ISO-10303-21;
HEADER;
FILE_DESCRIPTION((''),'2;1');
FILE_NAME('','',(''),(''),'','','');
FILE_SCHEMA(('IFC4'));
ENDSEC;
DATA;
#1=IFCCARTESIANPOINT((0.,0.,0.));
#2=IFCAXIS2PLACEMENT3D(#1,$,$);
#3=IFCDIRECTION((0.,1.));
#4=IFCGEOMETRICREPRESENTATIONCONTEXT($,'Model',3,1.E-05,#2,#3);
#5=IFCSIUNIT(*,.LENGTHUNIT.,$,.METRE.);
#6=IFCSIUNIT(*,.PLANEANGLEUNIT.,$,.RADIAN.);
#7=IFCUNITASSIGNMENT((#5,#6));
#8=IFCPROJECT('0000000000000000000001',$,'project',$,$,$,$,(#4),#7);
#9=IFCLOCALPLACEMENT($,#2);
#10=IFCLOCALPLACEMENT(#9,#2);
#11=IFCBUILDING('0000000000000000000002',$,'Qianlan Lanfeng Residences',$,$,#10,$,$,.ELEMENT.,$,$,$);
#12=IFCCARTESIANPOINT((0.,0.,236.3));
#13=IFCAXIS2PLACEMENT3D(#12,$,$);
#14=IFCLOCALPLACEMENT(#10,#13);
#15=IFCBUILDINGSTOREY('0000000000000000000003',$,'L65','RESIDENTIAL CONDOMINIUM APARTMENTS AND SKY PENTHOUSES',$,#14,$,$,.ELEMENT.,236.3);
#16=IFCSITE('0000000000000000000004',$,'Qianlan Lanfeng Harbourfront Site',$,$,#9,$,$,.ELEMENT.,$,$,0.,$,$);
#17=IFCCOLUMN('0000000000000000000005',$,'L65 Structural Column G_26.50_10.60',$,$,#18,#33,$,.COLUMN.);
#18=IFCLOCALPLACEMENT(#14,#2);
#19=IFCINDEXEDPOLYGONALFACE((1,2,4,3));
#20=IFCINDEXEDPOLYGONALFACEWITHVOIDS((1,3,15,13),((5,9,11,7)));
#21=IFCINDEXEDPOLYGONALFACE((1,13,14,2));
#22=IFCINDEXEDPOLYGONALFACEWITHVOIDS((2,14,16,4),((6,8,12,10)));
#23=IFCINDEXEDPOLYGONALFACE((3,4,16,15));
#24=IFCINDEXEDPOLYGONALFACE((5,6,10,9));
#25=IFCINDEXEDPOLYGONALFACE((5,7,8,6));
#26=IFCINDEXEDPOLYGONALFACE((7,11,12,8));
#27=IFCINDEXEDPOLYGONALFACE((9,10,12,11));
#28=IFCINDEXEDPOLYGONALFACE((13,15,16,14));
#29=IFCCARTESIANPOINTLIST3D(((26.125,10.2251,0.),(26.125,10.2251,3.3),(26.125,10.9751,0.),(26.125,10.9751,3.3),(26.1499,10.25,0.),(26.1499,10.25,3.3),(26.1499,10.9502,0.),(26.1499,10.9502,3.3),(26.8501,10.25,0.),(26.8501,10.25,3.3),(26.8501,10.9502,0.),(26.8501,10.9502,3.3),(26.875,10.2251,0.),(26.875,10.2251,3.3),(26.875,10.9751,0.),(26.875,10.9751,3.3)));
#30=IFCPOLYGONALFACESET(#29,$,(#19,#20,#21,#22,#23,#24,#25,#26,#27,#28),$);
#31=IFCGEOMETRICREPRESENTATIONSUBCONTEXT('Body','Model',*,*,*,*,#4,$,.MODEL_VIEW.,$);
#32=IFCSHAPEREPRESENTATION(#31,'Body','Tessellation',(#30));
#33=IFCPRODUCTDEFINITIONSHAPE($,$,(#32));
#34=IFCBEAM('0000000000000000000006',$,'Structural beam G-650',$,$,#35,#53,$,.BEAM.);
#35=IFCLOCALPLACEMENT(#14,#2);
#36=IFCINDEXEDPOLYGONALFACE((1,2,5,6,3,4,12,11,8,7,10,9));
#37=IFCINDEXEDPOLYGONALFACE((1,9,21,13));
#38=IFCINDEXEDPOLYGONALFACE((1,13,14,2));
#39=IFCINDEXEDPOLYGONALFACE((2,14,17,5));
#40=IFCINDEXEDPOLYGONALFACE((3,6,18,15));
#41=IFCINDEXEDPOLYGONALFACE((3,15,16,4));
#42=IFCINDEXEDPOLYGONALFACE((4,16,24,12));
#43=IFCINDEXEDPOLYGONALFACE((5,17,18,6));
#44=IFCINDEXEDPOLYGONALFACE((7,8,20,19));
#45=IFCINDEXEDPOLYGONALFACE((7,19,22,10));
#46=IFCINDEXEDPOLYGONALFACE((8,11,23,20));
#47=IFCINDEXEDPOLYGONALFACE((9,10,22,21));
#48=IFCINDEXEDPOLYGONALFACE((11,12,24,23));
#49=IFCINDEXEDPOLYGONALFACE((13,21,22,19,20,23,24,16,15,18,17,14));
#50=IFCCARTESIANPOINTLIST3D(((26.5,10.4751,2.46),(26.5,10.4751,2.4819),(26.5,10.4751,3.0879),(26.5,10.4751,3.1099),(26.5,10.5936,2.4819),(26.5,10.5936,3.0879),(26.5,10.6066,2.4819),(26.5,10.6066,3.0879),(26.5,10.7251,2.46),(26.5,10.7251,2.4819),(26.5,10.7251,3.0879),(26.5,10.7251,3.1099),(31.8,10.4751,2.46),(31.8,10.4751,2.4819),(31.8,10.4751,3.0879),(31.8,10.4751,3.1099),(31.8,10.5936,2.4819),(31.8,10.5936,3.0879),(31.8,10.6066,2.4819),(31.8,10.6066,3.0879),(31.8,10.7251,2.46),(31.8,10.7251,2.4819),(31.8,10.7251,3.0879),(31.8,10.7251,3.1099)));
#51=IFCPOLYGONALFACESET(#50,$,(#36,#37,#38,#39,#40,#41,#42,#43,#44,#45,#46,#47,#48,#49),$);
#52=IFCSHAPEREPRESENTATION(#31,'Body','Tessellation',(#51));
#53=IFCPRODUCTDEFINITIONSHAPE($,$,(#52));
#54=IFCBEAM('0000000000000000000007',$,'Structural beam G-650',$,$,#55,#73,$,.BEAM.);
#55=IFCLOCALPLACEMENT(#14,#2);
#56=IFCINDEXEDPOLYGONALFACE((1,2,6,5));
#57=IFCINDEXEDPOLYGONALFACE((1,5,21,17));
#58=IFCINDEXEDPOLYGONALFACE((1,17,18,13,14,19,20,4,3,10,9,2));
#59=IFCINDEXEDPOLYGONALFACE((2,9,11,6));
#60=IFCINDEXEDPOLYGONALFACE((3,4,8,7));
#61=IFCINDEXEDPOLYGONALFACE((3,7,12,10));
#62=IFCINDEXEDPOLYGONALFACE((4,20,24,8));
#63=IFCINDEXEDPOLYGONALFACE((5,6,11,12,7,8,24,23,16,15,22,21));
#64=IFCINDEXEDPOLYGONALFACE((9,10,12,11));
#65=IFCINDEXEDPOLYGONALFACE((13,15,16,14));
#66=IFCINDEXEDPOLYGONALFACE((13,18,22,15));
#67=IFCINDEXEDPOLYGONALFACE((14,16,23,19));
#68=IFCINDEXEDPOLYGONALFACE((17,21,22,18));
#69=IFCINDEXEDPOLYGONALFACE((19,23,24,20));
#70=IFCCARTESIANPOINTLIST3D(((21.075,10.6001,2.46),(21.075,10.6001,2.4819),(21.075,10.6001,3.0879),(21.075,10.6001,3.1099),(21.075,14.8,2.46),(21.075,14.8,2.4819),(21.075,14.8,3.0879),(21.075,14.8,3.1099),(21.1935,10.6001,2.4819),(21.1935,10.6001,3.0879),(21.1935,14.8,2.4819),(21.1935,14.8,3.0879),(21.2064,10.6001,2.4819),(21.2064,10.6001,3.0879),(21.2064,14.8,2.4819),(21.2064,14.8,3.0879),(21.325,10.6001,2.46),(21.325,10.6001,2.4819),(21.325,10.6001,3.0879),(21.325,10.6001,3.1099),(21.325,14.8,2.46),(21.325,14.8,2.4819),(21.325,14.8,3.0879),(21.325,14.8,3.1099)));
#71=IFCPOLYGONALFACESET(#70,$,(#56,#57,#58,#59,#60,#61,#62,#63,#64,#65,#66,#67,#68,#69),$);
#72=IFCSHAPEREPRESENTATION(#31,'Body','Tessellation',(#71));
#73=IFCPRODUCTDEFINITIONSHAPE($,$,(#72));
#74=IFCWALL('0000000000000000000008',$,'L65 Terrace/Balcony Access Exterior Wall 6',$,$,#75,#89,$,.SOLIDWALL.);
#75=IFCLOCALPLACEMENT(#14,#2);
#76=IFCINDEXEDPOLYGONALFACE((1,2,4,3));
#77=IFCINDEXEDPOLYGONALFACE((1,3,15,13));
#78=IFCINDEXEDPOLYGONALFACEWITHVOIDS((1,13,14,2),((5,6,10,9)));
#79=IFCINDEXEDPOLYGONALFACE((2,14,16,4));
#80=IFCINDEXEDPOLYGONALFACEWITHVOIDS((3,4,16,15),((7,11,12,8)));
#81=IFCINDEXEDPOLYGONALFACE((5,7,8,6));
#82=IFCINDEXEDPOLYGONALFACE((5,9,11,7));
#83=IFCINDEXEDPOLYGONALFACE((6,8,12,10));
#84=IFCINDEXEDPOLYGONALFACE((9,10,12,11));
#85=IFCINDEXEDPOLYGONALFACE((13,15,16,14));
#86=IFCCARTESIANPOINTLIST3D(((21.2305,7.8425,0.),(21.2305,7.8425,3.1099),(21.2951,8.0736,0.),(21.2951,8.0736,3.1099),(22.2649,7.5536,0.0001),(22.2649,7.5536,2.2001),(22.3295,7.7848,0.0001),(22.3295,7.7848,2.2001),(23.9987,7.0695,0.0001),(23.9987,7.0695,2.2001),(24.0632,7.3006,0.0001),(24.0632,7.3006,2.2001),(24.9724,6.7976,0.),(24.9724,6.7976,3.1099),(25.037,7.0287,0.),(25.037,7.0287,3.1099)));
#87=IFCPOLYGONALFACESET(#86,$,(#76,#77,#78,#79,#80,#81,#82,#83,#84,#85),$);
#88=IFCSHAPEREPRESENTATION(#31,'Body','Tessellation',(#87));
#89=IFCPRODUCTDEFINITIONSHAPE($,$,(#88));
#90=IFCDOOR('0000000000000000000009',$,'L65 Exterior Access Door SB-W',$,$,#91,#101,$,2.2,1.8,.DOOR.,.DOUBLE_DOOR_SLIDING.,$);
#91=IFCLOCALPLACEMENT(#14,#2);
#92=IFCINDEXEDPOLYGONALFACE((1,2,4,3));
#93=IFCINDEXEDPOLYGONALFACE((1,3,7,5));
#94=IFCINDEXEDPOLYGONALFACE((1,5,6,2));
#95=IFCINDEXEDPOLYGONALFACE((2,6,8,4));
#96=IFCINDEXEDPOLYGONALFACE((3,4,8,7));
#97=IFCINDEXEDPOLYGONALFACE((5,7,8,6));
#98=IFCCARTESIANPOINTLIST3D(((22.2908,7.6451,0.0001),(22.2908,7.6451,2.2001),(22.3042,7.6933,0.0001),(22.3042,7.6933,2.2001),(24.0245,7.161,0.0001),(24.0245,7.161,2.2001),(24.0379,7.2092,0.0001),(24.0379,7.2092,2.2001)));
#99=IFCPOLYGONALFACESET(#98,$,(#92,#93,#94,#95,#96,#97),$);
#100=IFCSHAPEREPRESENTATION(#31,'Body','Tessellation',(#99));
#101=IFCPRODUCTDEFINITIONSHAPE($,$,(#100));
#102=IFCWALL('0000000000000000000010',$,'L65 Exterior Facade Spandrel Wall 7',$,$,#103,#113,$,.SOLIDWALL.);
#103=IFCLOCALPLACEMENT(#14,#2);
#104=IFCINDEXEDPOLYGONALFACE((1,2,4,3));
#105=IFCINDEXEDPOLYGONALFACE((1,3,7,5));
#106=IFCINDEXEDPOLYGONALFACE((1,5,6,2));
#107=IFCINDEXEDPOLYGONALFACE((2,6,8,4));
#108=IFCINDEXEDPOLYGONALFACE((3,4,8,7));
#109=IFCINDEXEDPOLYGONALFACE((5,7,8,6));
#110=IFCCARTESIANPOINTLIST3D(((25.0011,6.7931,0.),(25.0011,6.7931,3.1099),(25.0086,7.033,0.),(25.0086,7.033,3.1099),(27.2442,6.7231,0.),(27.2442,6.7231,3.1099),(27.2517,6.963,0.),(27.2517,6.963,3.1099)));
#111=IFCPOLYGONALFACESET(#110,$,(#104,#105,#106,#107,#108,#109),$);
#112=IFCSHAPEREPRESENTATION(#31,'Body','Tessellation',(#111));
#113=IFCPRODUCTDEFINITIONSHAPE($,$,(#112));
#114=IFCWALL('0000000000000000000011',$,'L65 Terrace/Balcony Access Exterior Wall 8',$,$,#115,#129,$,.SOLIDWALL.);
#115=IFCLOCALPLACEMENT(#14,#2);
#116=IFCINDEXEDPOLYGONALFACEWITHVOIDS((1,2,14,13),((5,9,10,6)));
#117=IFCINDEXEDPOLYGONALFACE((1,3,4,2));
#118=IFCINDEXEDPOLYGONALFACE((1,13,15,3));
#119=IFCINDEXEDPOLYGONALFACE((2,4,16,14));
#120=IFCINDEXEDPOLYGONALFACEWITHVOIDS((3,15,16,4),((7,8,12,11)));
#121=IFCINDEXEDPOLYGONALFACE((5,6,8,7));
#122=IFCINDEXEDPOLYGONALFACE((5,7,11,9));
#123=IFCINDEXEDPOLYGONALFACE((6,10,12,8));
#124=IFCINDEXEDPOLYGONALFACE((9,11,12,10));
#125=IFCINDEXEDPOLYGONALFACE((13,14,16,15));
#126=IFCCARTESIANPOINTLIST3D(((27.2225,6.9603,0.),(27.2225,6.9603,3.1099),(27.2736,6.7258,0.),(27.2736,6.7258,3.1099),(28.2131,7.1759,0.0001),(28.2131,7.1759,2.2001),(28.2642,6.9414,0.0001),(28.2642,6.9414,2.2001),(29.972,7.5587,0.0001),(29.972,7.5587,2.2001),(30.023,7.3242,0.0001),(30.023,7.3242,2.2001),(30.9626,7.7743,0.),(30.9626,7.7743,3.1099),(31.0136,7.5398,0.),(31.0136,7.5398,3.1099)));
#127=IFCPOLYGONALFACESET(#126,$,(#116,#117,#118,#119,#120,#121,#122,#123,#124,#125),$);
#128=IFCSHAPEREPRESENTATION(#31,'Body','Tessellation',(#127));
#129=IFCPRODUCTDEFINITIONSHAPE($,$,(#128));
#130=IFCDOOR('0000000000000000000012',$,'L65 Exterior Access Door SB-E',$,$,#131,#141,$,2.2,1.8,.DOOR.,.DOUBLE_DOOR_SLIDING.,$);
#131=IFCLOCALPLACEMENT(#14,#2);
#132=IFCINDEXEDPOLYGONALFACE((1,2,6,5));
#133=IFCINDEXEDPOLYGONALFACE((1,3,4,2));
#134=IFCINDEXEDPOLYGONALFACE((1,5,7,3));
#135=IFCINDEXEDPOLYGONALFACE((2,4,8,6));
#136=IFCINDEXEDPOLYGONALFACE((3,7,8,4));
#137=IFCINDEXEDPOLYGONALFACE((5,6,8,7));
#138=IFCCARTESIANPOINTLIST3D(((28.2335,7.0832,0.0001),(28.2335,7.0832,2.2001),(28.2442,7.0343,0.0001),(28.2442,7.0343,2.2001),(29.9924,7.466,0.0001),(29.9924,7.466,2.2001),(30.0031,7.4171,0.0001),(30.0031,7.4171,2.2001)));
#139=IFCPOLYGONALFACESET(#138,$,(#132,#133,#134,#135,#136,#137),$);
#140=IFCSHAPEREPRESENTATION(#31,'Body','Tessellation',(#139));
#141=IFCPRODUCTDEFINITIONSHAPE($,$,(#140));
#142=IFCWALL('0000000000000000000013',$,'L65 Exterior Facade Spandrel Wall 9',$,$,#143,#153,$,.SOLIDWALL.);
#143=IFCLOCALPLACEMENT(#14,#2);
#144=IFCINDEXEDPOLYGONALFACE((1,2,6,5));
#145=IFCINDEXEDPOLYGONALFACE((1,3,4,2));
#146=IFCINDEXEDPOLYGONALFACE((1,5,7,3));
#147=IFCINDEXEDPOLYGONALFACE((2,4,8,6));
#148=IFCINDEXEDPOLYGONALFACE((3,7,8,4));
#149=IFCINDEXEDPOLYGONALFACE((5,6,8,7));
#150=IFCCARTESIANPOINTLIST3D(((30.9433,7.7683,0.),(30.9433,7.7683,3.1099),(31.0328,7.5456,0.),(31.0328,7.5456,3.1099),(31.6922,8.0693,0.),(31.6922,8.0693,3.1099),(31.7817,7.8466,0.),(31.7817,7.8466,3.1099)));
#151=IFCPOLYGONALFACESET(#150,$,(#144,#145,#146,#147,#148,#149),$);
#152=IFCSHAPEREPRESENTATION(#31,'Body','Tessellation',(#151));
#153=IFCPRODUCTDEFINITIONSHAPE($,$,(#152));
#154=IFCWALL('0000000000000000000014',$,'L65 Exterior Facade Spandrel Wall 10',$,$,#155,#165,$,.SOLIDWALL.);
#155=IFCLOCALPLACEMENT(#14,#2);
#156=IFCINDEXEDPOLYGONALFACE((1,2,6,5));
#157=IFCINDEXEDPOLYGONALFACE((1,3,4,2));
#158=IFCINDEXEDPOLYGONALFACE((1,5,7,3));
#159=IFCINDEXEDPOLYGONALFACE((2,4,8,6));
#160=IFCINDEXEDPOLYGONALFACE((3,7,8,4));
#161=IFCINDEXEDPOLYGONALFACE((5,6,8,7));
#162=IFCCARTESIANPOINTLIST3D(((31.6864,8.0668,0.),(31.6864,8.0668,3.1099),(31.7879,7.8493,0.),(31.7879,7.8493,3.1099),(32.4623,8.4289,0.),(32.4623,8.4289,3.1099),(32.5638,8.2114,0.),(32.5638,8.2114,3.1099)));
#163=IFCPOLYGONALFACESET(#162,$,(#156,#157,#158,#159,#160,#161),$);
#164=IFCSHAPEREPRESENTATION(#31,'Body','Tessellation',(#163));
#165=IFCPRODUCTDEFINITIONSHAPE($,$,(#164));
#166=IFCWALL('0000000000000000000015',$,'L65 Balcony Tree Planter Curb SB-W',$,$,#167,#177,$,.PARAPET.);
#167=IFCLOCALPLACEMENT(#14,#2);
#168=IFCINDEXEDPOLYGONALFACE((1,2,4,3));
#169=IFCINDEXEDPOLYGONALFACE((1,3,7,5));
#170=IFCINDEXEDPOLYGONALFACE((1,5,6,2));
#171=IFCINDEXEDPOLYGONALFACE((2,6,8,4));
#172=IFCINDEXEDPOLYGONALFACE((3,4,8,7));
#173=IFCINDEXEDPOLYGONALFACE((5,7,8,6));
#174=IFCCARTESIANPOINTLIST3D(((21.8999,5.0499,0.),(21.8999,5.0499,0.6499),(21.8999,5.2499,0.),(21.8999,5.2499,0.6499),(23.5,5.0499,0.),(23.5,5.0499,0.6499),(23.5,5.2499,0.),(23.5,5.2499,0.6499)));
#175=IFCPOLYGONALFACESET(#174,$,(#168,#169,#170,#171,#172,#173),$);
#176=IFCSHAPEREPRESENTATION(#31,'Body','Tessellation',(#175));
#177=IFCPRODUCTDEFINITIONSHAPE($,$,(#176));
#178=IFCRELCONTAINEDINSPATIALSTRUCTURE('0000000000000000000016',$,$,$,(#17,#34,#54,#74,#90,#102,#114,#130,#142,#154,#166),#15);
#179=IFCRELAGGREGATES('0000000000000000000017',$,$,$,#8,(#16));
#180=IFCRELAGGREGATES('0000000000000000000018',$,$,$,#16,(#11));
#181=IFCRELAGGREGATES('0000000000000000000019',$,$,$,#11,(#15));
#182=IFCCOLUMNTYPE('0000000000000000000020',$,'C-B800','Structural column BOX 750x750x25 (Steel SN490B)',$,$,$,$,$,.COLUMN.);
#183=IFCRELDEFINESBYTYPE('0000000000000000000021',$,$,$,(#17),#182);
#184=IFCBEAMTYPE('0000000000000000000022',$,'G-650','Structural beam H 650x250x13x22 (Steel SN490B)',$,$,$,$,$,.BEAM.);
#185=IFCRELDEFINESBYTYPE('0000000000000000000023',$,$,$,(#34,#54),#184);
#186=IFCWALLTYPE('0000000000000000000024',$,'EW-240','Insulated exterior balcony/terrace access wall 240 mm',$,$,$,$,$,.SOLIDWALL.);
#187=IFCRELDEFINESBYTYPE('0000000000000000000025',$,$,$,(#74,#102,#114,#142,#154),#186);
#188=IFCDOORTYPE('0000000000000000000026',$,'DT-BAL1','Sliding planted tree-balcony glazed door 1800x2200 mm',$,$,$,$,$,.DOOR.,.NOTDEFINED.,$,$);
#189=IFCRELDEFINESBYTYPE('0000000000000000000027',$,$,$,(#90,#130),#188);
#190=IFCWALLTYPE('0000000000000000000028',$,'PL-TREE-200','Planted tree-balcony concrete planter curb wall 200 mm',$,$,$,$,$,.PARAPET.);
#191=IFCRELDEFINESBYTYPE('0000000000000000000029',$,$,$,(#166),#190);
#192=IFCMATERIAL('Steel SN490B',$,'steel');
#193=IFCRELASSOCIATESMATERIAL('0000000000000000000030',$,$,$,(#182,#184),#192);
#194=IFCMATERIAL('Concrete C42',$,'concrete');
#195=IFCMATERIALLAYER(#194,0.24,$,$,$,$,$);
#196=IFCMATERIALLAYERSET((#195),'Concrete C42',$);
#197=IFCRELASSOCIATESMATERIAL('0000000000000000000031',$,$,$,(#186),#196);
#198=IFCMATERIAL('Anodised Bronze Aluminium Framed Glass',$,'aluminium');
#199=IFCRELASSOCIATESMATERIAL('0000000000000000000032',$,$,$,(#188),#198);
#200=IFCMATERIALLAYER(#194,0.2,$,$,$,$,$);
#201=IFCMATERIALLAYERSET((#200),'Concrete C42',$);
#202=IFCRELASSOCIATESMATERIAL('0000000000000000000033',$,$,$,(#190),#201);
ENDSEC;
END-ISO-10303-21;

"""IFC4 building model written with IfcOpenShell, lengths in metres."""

from ifc_helpers import new_model, si_unit, direction, frame, frame_2d, origin, origin_2d, place, context, subcontext, project, spatial, rectangle, hollow_rectangle, i_section, extrude, material, layer, layer_set, material_profile, profile_set, type_object, element, fill, save


model = new_model("IFC4")

# Units and contexts
model_context = context("Model", 3, precision=1e-05, world=origin(), true_north=direction((0.0, 1.0)))
body_context = subcontext(model_context, "Body", "Model", "MODEL_VIEW")
ifc_project = project(units=[si_unit("LENGTHUNIT", "METRE"), si_unit("PLANEANGLEUNIT", "RADIAN")], contexts=[model_context])

# Site, building, storey
site_placement = place(None, origin())
site = spatial("IfcSite", under=ifc_project, at=site_placement, Name="Qianlan Lanfeng Harbourfront Site", CompositionType="ELEMENT", RefElevation=0.0)
building_placement = place(site_placement, origin())
building = spatial("IfcBuilding", under=site, at=building_placement, Name="Qianlan Lanfeng Residences", CompositionType="ELEMENT")
storey_placement = place(building_placement, frame((0.0, 0.0, 236.3)))
storey = spatial("IfcBuildingStorey", under=building, at=storey_placement, Name="L65", Description="RESIDENTIAL CONDOMINIUM APARTMENTS AND SKY PENTHOUSES", CompositionType="ELEMENT", Elevation=236.3)

# Column
ifc_material_1 = material(Name="Steel SN490B", Category="steel")
ifc_material_profile_1 = material_profile(ifc_material_1, hollow_rectangle(XDim=0.75, YDim=0.75, WallThickness=0.0249, at=origin_2d()), Name="BOX 750x750x25")
ifc_profile_set_1 = profile_set([ifc_material_profile_1], Name="Steel SN490B")
column_type = type_object("IfcColumnType", Name="C-B800", Description="Structural column BOX 750x750x25 (Steel SN490B)", PredefinedType="COLUMN", material=ifc_profile_set_1)
column_placement = place(storey_placement, frame((26.5, 10.6001, 0.0), z_axis=(0.0, 0.0, 1.0), x_axis=(1.0, 0.0, 0.0)))
element("IfcColumn", 1, at=column_placement, inside=storey, type_object=column_type, Name="L65 Structural Column G_26.50_10.60", PredefinedType="COLUMN", context=body_context, shape_type="SweptSolid", body=[
    extrude(hollow_rectangle(XDim=0.75, YDim=0.75, WallThickness=0.0249, at=origin_2d()), origin(), (0.0, 0.0, 1.0), 3.3),
])

# Beams
ifc_material_profile_2 = material_profile(ifc_material_1, i_section(OverallWidth=0.25, OverallDepth=0.6499, WebThickness=0.0129, FlangeThickness=0.022, at=origin_2d()), Name="H 650x250x13x22")
ifc_profile_set_2 = profile_set([ifc_material_profile_2], Name="Steel SN490B")
beam_type = type_object("IfcBeamType", Name="G-650", Description="Structural beam H 650x250x13x22 (Steel SN490B)", PredefinedType="BEAM", material=ifc_profile_set_2)
beam_1_placement = place(storey_placement, frame((26.5, 10.6001, 2.7849), z_axis=(1.0, 0.0, 0.0), x_axis=(0.0, 1.0, 0.0)))
element("IfcBeam", 2, at=beam_1_placement, inside=storey, type_object=beam_type, Name="Structural beam G-650", PredefinedType="BEAM", context=body_context, shape_type="SweptSolid", body=[
    extrude(i_section(OverallWidth=0.25, OverallDepth=0.6499, WebThickness=0.0129, FlangeThickness=0.022, at=origin_2d()), origin(), (0.0, 0.0, 1.0), 5.3),
])
beam_2_placement = place(storey_placement, frame((21.2, 10.6001, 2.7849), z_axis=(0.0, 1.0, 0.0), x_axis=(-1.0, 0.0, 0.0)))
element("IfcBeam", 3, at=beam_2_placement, inside=storey, type_object=beam_type, Name="Structural beam G-650", PredefinedType="BEAM", context=body_context, shape_type="SweptSolid", body=[
    extrude(i_section(OverallWidth=0.25, OverallDepth=0.6499, WebThickness=0.0129, FlangeThickness=0.022, at=origin_2d()), origin(), (0.0, 0.0, 1.0), 4.2),
])

# Wall, opening, door
ifc_material_2 = material(Name="Concrete C42", Category="concrete")
ifc_layer_1 = layer(ifc_material_2, 0.24)
ifc_layer_set_1 = layer_set([ifc_layer_1], Name="Concrete C42")
wall_type_1 = type_object("IfcWallType", Name="EW-240", Description="Insulated exterior balcony/terrace access wall 240 mm", PredefinedType="SOLIDWALL", material=ifc_layer_set_1)
wall_1_placement = place(storey_placement, frame((21.2629, 7.958, 0.0), z_axis=(0.0, 0.0, 1.0), x_axis=(0.963152, -0.268956, 0.0)))
wall_1 = element("IfcWall", 4, at=wall_1_placement, inside=storey, type_object=wall_type_1, Name="L65 Terrace/Balcony Access Exterior Wall 6", PredefinedType="SOLIDWALL", context=body_context, shape_type="SweptSolid", body=[
    extrude(rectangle(XDim=3.885, YDim=0.24, at=frame_2d((1.9424, 0.0))), origin(), (0.0, 0.0, 1.0), 3.1099),
])
opening_1_placement = place(wall_1_placement, frame((1.074, 0.0, 0.0)))
opening_1 = element("IfcOpeningElement", 5, at=opening_1_placement, cuts=wall_1, PredefinedType="OPENING", context=body_context, shape_type="SweptSolid", body=[
    extrude(rectangle(XDim=1.8, YDim=2.2, at=frame_2d((0.8999, 1.1001))), frame((0.0, 0.1299, 0.0), z_axis=(0.0, -1.0, 0.0), x_axis=(1.0, 0.0, 0.0)), (0.0, 0.0, 1.0), 0.26),
])
ifc_material_3 = material(Name="Anodised Bronze Aluminium Framed Glass", Category="aluminium")
door_type = type_object("IfcDoorType", Name="DT-BAL1", Description="Sliding planted tree-balcony glazed door 1800x2200 mm", OperationType="NOTDEFINED", PredefinedType="DOOR", material=ifc_material_3)
door_1_placement = place(opening_1_placement, frame((1.8, 0.0, 0.0), z_axis=(0.0, 0.0, 1.0), x_axis=(-1.0, 0.0, 0.0)))
door_1 = element("IfcDoor", 6, at=door_1_placement, inside=storey, type_object=door_type, Name="L65 Exterior Access Door SB-W", OperationType="DOUBLE_DOOR_SLIDING", OverallHeight=2.2, OverallWidth=1.8, PredefinedType="DOOR", context=body_context, shape_type="SweptSolid", body=[
    extrude(rectangle(XDim=1.8, YDim=2.2, at=frame_2d((0.8999, 1.1001))), frame((0.0, 0.0249, 0.0), z_axis=(0.0, -1.0, 0.0), x_axis=(1.0, 0.0, 0.0)), (0.0, 0.0, 1.0), 0.05),
])
fill(opening_1, door_1)

# Wall
wall_2_placement = place(storey_placement, frame((25.0049, 6.9131, 0.0), z_axis=(0.0, 0.0, 1.0), x_axis=(0.999513, -0.031221, 0.0)))
element("IfcWall", 7, at=wall_2_placement, inside=storey, type_object=wall_type_1, Name="L65 Exterior Facade Spandrel Wall 7", PredefinedType="SOLIDWALL", context=body_context, shape_type="SweptSolid", body=[
    extrude(rectangle(XDim=2.2441, YDim=0.24, at=frame_2d((1.1221, 0.0))), origin(), (0.0, 0.0, 1.0), 3.1099),
])

# Wall, opening, door
wall_3_placement = place(storey_placement, frame((27.248, 6.843, 0.0), z_axis=(0.0, 0.0, 1.0), x_axis=(0.977126, 0.21266, 0.0)))
wall_3 = element("IfcWall", 8, at=wall_3_placement, inside=storey, type_object=wall_type_1, Name="L65 Terrace/Balcony Access Exterior Wall 8", PredefinedType="SOLIDWALL", context=body_context, shape_type="SweptSolid", body=[
    extrude(rectangle(XDim=3.8276, YDim=0.24, at=frame_2d((1.9138, 0.0))), origin(), (0.0, 0.0, 1.0), 3.1099),
])
opening_2_placement = place(wall_3_placement, frame((1.0139, 0.0, 0.0)))
opening_2 = element("IfcOpeningElement", 9, at=opening_2_placement, cuts=wall_3, PredefinedType="OPENING", context=body_context, shape_type="SweptSolid", body=[
    extrude(rectangle(XDim=1.8, YDim=2.2, at=frame_2d((0.8999, 1.1001))), frame((0.0, 0.1299, 0.0), z_axis=(0.0, -1.0, 0.0), x_axis=(1.0, 0.0, 0.0)), (0.0, 0.0, 1.0), 0.26),
])
door_2_placement = place(opening_2_placement, frame((1.8, 0.0, 0.0), z_axis=(0.0, 0.0, 1.0), x_axis=(-1.0, 0.0, 0.0)))
door_2 = element("IfcDoor", 10, at=door_2_placement, inside=storey, type_object=door_type, Name="L65 Exterior Access Door SB-E", OperationType="DOUBLE_DOOR_SLIDING", OverallHeight=2.2, OverallWidth=1.8, PredefinedType="DOOR", context=body_context, shape_type="SweptSolid", body=[
    extrude(rectangle(XDim=1.8, YDim=2.2, at=frame_2d((0.8999, 1.1001))), frame((0.0, 0.0249, 0.0), z_axis=(0.0, -1.0, 0.0), x_axis=(1.0, 0.0, 0.0)), (0.0, 0.0, 1.0), 0.05),
])
fill(opening_2, door_2)

# Walls
wall_4_placement = place(storey_placement, frame((30.988, 7.657, 0.0), z_axis=(0.0, 0.0, 1.0), x_axis=(0.927871, 0.372902, 0.0)))
element("IfcWall", 11, at=wall_4_placement, inside=storey, type_object=wall_type_1, Name="L65 Exterior Facade Spandrel Wall 9", PredefinedType="SOLIDWALL", context=body_context, shape_type="SweptSolid", body=[
    extrude(rectangle(XDim=0.8071, YDim=0.24, at=frame_2d((0.4036, 0.0))), origin(), (0.0, 0.0, 1.0), 3.1099),
])
wall_5_placement = place(storey_placement, frame((31.7371, 7.958, 0.0), z_axis=(0.0, 0.0, 1.0), x_axis=(0.90619, 0.42287, 0.0)))
element("IfcWall", 12, at=wall_5_placement, inside=storey, type_object=wall_type_1, Name="L65 Exterior Facade Spandrel Wall 10", PredefinedType="SOLIDWALL", context=body_context, shape_type="SweptSolid", body=[
    extrude(rectangle(XDim=0.8562, YDim=0.24, at=frame_2d((0.4282, 0.0))), origin(), (0.0, 0.0, 1.0), 3.1099),
])
ifc_layer_2 = layer(ifc_material_2, 0.2)
ifc_layer_set_2 = layer_set([ifc_layer_2], Name="Concrete C42")
wall_type_2 = type_object("IfcWallType", Name="PL-TREE-200", Description="Planted tree-balcony concrete planter curb wall 200 mm", PredefinedType="PARAPET", material=ifc_layer_set_2)
for number, where, z_axis, x_axis, name in (
    (13, (21.8999, 5.1499, 0.0), (0.0, 0.0, 1.0), (1.0, 0.0, 0.0), "L65 Balcony Tree Planter Curb SB-W"),
):
    element("IfcWall", number, at=place(storey_placement, frame(where, z_axis=z_axis, x_axis=x_axis)), inside=storey, type_object=wall_type_2, Name=name, PredefinedType="PARAPET", context=body_context, shape_type="SweptSolid", body=[
        extrude(rectangle(XDim=1.6001, YDim=0.2, at=frame_2d((0.8, 0.0))), origin(), (0.0, 0.0, 1.0), 0.6499),
    ])

save(model, "model.ifc")
